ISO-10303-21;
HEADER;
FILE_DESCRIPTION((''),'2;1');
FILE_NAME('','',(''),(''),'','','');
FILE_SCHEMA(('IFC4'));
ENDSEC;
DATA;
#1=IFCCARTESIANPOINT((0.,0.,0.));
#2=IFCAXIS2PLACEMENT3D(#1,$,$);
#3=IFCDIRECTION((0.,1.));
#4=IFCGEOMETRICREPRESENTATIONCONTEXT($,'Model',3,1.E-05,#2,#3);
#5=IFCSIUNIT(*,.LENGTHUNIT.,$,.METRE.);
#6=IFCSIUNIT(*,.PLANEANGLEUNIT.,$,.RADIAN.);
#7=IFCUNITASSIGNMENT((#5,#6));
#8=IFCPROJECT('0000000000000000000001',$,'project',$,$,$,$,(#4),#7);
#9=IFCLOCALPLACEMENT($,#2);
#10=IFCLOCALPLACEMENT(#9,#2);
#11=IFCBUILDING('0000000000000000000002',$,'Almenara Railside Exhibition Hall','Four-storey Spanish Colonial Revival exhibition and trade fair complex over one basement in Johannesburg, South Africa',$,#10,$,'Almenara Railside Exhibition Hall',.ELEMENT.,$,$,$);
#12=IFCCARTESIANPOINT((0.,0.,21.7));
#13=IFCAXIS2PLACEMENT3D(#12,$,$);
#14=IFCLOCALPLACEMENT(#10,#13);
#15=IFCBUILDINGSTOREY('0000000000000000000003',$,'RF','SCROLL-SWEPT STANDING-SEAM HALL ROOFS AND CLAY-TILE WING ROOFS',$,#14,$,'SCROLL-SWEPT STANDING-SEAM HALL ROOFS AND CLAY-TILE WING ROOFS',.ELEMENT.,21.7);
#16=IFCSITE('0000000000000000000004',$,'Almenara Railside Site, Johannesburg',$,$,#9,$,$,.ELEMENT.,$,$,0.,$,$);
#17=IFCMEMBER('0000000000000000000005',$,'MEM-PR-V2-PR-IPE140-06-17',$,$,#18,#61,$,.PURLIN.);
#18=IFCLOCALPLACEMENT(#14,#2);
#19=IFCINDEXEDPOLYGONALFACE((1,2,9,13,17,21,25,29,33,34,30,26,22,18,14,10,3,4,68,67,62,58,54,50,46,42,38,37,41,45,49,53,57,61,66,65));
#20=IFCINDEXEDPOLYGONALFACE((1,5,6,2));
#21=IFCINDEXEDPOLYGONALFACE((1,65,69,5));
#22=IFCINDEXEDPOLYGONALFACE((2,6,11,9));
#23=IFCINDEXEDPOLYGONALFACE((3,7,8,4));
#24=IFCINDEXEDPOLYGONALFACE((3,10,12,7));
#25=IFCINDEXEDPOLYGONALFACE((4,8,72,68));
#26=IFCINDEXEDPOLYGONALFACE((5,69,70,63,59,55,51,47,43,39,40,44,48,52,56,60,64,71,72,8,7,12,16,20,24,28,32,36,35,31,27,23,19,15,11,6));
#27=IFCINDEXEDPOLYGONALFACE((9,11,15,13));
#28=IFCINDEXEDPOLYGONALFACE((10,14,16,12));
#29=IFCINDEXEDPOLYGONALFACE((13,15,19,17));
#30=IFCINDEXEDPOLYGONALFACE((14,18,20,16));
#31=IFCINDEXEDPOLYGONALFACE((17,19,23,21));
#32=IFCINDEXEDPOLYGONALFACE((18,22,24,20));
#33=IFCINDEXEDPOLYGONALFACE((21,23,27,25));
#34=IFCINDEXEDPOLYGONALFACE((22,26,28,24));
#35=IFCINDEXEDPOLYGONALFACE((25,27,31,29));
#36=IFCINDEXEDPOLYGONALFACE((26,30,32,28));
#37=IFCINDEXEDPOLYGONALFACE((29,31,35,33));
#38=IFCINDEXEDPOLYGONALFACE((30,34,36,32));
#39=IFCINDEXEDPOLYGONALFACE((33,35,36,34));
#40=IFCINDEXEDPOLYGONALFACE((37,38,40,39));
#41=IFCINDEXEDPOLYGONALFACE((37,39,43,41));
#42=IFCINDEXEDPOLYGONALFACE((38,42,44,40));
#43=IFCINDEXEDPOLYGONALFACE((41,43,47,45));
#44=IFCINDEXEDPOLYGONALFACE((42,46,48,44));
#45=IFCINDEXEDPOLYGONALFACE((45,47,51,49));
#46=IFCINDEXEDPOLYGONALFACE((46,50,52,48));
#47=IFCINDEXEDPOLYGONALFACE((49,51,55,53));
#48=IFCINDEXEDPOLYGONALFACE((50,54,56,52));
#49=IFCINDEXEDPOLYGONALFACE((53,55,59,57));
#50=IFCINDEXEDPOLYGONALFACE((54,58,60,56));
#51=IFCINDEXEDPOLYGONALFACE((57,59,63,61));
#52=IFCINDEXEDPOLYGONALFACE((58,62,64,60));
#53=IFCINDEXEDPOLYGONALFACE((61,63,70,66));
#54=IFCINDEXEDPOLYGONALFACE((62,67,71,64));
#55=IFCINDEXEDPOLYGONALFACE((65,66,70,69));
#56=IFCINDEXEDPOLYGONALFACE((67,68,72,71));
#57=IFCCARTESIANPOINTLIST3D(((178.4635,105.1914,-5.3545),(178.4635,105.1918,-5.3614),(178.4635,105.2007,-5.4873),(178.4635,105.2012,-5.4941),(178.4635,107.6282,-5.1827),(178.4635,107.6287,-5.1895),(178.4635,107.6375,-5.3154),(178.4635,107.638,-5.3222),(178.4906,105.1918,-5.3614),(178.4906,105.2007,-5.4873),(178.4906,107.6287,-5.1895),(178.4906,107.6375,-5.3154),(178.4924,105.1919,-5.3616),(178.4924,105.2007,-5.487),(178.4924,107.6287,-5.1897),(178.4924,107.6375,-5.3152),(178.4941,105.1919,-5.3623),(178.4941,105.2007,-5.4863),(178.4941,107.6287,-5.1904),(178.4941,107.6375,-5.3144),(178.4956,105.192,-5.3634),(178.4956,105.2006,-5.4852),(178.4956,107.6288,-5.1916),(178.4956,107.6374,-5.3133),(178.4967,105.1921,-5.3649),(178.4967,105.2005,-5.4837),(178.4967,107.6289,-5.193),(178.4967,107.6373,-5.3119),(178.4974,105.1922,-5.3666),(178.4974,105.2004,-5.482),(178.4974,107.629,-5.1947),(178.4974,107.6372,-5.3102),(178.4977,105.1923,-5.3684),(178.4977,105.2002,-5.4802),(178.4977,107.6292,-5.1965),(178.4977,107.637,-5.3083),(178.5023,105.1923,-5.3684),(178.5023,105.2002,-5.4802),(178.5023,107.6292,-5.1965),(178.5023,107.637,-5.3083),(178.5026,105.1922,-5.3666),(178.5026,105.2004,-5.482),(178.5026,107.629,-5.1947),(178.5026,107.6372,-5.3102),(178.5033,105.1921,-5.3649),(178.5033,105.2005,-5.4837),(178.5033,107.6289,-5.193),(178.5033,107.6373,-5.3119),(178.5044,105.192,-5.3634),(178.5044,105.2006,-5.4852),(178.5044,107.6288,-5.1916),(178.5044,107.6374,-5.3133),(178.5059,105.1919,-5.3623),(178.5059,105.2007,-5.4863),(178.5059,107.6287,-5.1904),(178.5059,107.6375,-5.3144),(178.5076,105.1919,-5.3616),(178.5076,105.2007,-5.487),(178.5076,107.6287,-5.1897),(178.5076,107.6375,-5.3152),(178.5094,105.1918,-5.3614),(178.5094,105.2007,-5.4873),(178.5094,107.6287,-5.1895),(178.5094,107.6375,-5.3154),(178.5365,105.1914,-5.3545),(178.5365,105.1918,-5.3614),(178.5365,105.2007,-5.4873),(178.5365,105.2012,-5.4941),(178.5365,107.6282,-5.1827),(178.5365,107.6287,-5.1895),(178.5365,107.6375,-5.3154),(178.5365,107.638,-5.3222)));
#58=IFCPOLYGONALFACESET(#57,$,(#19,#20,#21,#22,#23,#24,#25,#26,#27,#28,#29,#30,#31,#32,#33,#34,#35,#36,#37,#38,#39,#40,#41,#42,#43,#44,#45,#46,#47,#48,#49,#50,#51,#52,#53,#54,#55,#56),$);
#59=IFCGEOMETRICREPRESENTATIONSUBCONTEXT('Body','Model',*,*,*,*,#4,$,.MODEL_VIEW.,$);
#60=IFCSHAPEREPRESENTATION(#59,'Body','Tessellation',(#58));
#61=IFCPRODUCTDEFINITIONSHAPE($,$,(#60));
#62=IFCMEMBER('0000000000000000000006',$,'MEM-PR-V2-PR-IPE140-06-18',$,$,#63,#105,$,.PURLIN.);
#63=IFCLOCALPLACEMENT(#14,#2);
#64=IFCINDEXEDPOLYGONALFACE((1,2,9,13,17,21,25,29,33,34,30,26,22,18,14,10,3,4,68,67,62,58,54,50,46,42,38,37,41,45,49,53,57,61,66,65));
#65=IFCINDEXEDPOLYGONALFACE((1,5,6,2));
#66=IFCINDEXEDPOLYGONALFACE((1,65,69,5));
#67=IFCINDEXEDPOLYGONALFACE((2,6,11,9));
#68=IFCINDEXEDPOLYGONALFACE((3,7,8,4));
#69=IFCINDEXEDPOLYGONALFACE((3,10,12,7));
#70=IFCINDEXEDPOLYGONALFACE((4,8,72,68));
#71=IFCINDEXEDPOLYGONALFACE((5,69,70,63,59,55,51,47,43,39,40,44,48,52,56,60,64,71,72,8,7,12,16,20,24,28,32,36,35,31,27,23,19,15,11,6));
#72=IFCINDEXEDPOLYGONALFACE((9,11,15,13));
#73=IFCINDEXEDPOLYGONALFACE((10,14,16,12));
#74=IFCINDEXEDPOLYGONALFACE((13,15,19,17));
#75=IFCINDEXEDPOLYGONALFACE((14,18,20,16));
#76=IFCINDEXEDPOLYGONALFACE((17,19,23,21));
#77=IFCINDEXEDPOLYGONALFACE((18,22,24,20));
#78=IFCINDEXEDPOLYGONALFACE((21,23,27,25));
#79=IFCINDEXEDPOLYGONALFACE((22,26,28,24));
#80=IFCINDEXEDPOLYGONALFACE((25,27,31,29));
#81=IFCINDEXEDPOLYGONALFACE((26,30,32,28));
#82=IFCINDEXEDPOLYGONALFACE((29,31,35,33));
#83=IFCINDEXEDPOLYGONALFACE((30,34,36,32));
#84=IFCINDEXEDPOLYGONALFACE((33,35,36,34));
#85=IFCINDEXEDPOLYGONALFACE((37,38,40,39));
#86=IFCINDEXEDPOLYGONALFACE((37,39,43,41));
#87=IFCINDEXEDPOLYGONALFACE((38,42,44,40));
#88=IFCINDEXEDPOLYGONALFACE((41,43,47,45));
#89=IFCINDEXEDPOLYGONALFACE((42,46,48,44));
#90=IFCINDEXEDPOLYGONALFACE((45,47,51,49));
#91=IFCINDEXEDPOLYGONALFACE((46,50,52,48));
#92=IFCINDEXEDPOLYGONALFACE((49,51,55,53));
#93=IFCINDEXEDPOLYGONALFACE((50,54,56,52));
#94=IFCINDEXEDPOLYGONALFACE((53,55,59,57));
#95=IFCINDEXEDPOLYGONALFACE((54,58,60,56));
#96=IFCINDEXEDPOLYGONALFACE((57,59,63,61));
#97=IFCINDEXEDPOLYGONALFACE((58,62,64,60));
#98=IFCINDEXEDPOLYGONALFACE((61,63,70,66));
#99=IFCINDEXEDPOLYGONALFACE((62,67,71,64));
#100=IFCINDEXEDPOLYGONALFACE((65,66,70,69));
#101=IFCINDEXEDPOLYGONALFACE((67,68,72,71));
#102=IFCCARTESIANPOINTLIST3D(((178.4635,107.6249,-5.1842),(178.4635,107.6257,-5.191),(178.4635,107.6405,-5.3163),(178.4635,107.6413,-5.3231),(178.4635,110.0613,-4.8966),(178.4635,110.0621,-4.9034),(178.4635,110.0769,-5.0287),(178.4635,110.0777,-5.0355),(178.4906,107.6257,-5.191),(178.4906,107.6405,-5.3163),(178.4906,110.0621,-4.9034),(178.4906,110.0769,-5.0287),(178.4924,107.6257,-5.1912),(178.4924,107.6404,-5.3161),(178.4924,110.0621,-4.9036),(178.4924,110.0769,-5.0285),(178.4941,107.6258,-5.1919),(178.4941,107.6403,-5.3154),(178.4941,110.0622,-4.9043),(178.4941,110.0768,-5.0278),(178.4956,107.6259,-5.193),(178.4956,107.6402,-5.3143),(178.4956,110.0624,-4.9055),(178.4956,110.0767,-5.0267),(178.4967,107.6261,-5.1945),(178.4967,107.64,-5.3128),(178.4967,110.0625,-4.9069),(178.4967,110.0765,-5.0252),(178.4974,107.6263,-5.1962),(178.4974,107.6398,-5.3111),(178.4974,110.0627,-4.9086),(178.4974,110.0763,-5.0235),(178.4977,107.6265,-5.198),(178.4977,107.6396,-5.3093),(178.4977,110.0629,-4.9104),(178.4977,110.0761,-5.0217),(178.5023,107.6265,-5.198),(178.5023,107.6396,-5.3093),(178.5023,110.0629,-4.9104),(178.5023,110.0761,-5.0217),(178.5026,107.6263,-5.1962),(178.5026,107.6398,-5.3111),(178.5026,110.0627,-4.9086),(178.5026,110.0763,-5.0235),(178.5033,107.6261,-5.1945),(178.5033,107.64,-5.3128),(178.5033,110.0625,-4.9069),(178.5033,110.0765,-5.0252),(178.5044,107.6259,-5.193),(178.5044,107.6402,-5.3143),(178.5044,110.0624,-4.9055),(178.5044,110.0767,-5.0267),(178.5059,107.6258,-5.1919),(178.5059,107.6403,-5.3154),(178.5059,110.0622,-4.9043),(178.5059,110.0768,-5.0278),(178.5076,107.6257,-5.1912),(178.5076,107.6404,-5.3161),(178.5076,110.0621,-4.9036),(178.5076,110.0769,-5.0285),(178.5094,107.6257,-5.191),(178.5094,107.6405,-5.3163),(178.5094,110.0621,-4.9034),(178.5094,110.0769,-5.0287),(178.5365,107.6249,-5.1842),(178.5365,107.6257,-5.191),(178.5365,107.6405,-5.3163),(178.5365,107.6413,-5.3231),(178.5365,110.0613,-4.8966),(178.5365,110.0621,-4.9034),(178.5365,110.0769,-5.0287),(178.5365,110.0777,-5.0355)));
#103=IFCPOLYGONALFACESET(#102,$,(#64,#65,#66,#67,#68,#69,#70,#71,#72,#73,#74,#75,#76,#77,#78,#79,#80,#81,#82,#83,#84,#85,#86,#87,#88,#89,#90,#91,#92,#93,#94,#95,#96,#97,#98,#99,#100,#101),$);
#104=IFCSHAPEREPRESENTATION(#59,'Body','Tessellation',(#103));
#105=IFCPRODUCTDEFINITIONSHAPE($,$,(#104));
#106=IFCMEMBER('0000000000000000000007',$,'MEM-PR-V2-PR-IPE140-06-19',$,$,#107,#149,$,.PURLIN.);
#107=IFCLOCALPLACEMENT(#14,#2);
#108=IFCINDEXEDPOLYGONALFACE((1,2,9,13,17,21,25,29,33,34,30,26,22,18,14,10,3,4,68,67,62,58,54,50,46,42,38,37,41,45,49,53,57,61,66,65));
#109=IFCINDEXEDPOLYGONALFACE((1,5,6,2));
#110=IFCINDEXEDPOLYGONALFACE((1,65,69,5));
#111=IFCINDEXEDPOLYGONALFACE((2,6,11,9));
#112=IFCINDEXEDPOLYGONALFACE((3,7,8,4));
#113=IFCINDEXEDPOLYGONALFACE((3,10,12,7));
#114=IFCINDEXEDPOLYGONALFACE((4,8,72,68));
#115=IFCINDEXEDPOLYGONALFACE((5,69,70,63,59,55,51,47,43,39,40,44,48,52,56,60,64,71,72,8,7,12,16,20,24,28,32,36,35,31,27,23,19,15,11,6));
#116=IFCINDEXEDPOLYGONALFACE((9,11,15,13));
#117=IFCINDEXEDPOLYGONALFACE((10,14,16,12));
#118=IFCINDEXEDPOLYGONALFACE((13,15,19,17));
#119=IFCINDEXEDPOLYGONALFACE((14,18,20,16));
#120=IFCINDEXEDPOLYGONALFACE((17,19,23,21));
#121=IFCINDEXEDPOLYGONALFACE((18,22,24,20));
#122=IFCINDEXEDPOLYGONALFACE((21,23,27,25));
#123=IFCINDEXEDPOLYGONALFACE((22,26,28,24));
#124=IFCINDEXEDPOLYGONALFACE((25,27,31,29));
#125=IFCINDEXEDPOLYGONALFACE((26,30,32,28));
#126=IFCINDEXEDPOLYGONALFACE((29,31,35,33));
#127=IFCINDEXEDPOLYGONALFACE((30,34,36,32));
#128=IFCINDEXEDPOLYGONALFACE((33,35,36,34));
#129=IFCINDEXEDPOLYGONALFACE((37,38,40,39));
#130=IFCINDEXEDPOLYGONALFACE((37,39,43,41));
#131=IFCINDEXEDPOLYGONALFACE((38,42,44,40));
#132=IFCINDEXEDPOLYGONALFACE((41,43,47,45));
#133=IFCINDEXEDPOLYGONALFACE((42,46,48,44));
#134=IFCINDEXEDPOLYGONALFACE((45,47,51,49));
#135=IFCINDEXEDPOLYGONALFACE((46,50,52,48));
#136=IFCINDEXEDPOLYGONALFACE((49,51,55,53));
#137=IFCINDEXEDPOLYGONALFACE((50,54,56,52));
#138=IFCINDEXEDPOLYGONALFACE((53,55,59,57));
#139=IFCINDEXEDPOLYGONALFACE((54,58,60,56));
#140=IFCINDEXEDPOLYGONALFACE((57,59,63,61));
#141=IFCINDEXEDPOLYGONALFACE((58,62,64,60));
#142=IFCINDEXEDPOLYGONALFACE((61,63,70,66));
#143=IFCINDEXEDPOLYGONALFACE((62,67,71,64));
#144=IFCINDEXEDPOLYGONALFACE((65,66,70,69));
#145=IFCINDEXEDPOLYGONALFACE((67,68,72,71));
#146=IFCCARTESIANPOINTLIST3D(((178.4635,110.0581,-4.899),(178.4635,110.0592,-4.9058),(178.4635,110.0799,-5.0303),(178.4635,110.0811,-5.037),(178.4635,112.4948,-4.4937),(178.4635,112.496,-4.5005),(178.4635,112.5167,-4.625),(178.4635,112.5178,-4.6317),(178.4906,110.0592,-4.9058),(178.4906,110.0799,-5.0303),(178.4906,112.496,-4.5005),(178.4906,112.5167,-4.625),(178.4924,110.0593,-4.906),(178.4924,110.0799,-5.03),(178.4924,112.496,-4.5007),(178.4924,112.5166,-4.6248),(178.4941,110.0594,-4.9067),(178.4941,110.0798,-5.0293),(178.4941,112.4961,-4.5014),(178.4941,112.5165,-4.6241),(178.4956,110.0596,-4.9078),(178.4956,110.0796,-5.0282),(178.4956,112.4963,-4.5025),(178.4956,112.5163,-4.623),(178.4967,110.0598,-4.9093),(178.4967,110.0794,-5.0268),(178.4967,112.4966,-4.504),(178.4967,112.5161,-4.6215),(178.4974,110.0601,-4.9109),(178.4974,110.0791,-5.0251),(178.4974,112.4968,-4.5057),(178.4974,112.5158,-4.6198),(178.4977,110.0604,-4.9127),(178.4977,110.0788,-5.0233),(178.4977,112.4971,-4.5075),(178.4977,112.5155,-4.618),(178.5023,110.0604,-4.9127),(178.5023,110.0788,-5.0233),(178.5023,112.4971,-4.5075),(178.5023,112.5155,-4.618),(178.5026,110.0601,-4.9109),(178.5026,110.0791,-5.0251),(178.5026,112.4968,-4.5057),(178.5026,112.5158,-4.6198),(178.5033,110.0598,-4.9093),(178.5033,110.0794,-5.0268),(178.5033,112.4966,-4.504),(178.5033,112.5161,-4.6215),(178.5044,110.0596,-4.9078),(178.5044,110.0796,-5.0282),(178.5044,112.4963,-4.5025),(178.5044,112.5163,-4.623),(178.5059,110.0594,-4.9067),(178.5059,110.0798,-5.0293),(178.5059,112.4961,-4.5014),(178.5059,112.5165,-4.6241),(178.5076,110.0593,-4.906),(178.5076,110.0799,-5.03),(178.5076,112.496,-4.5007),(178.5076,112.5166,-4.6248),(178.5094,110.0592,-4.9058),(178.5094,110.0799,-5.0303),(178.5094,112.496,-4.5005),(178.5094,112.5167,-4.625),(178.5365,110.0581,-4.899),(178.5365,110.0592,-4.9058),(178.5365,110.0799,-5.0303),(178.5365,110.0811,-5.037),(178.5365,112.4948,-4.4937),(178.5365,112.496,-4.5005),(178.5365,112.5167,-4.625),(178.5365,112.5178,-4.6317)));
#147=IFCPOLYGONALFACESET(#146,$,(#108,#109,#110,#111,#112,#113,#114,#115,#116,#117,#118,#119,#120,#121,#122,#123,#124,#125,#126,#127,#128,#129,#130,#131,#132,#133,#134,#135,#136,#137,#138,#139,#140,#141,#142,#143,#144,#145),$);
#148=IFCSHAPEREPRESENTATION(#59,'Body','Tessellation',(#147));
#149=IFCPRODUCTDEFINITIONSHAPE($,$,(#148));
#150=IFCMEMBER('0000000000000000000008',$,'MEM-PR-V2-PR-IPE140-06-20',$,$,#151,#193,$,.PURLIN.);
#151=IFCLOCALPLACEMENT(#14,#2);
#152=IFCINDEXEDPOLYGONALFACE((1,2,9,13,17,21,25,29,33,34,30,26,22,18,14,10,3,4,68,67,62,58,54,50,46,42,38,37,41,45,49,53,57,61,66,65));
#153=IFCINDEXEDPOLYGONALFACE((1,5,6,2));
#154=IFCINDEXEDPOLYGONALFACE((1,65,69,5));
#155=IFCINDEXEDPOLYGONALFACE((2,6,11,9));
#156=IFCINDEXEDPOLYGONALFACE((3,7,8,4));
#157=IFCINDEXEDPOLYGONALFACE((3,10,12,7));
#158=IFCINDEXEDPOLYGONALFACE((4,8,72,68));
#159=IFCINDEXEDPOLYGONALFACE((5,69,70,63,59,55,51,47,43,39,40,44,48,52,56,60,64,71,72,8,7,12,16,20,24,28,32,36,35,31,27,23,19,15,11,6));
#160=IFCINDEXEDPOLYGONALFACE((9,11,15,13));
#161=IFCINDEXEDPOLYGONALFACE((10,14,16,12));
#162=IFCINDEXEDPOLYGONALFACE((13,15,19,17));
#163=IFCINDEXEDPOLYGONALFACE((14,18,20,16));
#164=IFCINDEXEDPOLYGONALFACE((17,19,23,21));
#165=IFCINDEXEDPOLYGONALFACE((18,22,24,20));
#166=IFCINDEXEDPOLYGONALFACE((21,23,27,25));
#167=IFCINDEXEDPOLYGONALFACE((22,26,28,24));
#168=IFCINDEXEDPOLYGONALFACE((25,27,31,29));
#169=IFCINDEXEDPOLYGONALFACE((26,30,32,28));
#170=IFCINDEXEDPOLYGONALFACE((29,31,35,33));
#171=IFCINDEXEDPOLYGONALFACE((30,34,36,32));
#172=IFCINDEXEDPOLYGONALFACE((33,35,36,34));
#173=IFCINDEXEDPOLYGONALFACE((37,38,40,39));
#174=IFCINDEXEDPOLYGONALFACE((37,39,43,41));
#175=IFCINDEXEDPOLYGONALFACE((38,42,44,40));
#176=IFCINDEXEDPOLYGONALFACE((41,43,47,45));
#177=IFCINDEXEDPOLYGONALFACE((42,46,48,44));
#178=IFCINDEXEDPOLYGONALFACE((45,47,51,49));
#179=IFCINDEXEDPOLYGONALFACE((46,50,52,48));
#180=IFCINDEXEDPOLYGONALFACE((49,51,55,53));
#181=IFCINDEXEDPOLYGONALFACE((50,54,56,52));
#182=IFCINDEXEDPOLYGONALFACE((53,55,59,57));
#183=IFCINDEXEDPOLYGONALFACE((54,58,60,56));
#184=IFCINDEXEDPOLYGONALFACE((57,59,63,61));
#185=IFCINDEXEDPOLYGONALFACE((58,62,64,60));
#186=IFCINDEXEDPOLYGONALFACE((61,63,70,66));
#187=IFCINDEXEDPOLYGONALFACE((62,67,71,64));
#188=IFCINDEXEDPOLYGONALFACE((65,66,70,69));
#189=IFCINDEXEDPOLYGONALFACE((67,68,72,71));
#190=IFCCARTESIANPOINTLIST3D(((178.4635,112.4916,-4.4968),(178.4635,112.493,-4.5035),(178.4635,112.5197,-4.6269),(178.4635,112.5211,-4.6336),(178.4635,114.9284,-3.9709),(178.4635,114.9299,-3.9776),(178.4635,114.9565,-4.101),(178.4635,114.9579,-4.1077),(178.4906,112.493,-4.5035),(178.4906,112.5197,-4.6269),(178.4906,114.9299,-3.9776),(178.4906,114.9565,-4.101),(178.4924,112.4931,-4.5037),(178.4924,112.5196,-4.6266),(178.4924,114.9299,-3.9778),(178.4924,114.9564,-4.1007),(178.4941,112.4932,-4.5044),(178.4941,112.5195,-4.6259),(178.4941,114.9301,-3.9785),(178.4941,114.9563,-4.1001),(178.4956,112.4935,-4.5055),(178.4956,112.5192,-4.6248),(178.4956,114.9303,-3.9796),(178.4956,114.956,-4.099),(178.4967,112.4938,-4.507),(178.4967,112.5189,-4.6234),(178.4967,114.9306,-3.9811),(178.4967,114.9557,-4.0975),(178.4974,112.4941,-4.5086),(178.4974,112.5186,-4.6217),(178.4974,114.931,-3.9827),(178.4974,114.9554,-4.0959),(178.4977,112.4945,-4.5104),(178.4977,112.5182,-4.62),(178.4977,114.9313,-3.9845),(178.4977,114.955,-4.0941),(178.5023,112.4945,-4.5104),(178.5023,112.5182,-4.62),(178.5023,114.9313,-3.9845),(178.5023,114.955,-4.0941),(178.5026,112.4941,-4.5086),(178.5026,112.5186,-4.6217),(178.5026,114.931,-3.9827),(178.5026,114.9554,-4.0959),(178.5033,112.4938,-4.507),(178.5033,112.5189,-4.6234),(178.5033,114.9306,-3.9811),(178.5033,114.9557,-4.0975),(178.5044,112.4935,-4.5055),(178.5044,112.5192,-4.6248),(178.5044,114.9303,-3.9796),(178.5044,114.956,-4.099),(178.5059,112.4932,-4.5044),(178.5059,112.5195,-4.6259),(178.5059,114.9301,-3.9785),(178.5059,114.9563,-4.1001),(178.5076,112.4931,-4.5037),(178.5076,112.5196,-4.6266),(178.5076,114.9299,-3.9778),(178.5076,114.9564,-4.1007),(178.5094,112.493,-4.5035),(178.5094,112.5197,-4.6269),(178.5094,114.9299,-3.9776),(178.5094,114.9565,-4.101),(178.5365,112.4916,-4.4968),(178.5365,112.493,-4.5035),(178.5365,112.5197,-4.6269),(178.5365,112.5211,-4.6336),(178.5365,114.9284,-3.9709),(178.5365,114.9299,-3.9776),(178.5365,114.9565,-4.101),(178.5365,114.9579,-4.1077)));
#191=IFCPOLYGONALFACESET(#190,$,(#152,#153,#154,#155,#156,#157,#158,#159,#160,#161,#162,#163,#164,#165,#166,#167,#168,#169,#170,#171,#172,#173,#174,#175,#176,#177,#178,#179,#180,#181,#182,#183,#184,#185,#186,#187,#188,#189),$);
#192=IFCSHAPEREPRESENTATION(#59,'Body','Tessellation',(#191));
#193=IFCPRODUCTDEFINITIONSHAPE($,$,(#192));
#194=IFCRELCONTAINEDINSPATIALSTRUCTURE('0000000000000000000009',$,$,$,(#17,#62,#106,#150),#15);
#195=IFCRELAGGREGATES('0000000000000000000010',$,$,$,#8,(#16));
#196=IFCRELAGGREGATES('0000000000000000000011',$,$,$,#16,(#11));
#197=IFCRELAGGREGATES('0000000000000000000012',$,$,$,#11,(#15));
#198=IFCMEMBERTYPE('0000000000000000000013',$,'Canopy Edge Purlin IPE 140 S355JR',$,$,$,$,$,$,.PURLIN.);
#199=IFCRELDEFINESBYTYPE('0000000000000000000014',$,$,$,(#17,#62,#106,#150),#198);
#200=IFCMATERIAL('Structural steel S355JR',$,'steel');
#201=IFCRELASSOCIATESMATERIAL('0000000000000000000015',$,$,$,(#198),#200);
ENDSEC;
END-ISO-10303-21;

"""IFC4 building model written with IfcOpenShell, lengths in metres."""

from ifc_helpers import new_model, si_unit, direction, frame, origin, origin_2d, place, context, subcontext, project, spatial, i_section, extrude, material, material_profile, profile_set, type_object, element, save


model = new_model("IFC4")

# Units and contexts
model_context = context("Model", 3, precision=1e-05, world=origin(), true_north=direction((0.0, 1.0)))
body_context = subcontext(model_context, "Body", "Model", "MODEL_VIEW")
ifc_project = project(units=[si_unit("LENGTHUNIT", "METRE"), si_unit("PLANEANGLEUNIT", "RADIAN")], contexts=[model_context])

# Site, building, storey
site_placement = place(None, origin())
site = spatial("IfcSite", under=ifc_project, at=site_placement, Name="Almenara Railside Site, Johannesburg", CompositionType="ELEMENT", RefElevation=0.0)
building_placement = place(site_placement, origin())
building = spatial("IfcBuilding", under=site, at=building_placement, Name="Almenara Railside Exhibition Hall", Description="Four-storey Spanish Colonial Revival exhibition and trade fair complex over one basement in Johannesburg, South Africa", LongName="Almenara Railside Exhibition Hall", CompositionType="ELEMENT")
storey_placement = place(building_placement, frame((0.0, 0.0, 21.7)))
storey = spatial("IfcBuildingStorey", under=building, at=storey_placement, Name="RF", Description="SCROLL-SWEPT STANDING-SEAM HALL ROOFS AND CLAY-TILE WING ROOFS", LongName="SCROLL-SWEPT STANDING-SEAM HALL ROOFS AND CLAY-TILE WING ROOFS", CompositionType="ELEMENT", Elevation=21.7)

# Members
ifc_material_1 = material(Name="Structural steel S355JR", Category="steel")
ifc_material_profile_1 = material_profile(ifc_material_1, i_section(OverallWidth=0.073, OverallDepth=0.1399, WebThickness=0.0046, FlangeThickness=0.0068, FilletRadius=0.0071, at=origin_2d()), Name="IPE 140")
ifc_profile_set_1 = profile_set([ifc_material_profile_1], Name="Structural steel S355JR")
member_type_1 = type_object("IfcMemberType", Name="Canopy Edge Purlin IPE 140 S355JR", PredefinedType="PURLIN", material=ifc_profile_set_1)
member_1_placement = place(storey_placement, frame((178.5, 105.1963, -5.4243), z_axis=(0.0, 0.997522, 0.070359), x_axis=(-1.0, 0.0, 0.0)))
element("IfcMember", 1, at=member_1_placement, inside=storey, type_object=member_type_1, Name="MEM-PR-V2-PR-IPE140-06-17", PredefinedType="PURLIN", context=body_context, shape_type="SweptSolid", body=[
    extrude(i_section(OverallWidth=0.073, OverallDepth=0.1399, WebThickness=0.0046, FlangeThickness=0.0068, FilletRadius=0.0071, at=origin_2d()), origin(), (0.0, 0.0, 1.0), 2.4429),
])
member_2_placement = place(storey_placement, frame((178.5, 107.6331, -5.2537), z_axis=(0.0, 0.993106, 0.117222), x_axis=(-1.0, 0.0, 0.0)))
element("IfcMember", 2, at=member_2_placement, inside=storey, type_object=member_type_1, Name="MEM-PR-V2-PR-IPE140-06-18", PredefinedType="PURLIN", context=body_context, shape_type="SweptSolid", body=[
    extrude(i_section(OverallWidth=0.073, OverallDepth=0.1399, WebThickness=0.0046, FlangeThickness=0.0068, FilletRadius=0.0071, at=origin_2d()), origin(), (0.0, 0.0, 1.0), 2.4534),
])
member_3_placement = place(storey_placement, frame((178.5, 110.0696, -4.968), z_axis=(0.0, 0.98645, 0.164062), x_axis=(-1.0, 0.0, 0.0)))
element("IfcMember", 3, at=member_3_placement, inside=storey, type_object=member_type_1, Name="MEM-PR-V2-PR-IPE140-06-19", PredefinedType="PURLIN", context=body_context, shape_type="SweptSolid", body=[
    extrude(i_section(OverallWidth=0.073, OverallDepth=0.1399, WebThickness=0.0046, FlangeThickness=0.0068, FilletRadius=0.0071, at=origin_2d()), origin(), (0.0, 0.0, 1.0), 2.4702),
])
member_4_placement = place(storey_placement, frame((178.5, 112.5063, -4.5652), z_axis=(0.0, 0.977496, 0.210953), x_axis=(-1.0, 0.0, 0.0)))
element("IfcMember", 4, at=member_4_placement, inside=storey, type_object=member_type_1, Name="MEM-PR-V2-PR-IPE140-06-20", PredefinedType="PURLIN", context=body_context, shape_type="SweptSolid", body=[
    extrude(i_section(OverallWidth=0.073, OverallDepth=0.1399, WebThickness=0.0046, FlangeThickness=0.0068, FilletRadius=0.0071, at=origin_2d()), origin(), (0.0, 0.0, 1.0), 2.4929),
])

save(model, "model.ifc")
